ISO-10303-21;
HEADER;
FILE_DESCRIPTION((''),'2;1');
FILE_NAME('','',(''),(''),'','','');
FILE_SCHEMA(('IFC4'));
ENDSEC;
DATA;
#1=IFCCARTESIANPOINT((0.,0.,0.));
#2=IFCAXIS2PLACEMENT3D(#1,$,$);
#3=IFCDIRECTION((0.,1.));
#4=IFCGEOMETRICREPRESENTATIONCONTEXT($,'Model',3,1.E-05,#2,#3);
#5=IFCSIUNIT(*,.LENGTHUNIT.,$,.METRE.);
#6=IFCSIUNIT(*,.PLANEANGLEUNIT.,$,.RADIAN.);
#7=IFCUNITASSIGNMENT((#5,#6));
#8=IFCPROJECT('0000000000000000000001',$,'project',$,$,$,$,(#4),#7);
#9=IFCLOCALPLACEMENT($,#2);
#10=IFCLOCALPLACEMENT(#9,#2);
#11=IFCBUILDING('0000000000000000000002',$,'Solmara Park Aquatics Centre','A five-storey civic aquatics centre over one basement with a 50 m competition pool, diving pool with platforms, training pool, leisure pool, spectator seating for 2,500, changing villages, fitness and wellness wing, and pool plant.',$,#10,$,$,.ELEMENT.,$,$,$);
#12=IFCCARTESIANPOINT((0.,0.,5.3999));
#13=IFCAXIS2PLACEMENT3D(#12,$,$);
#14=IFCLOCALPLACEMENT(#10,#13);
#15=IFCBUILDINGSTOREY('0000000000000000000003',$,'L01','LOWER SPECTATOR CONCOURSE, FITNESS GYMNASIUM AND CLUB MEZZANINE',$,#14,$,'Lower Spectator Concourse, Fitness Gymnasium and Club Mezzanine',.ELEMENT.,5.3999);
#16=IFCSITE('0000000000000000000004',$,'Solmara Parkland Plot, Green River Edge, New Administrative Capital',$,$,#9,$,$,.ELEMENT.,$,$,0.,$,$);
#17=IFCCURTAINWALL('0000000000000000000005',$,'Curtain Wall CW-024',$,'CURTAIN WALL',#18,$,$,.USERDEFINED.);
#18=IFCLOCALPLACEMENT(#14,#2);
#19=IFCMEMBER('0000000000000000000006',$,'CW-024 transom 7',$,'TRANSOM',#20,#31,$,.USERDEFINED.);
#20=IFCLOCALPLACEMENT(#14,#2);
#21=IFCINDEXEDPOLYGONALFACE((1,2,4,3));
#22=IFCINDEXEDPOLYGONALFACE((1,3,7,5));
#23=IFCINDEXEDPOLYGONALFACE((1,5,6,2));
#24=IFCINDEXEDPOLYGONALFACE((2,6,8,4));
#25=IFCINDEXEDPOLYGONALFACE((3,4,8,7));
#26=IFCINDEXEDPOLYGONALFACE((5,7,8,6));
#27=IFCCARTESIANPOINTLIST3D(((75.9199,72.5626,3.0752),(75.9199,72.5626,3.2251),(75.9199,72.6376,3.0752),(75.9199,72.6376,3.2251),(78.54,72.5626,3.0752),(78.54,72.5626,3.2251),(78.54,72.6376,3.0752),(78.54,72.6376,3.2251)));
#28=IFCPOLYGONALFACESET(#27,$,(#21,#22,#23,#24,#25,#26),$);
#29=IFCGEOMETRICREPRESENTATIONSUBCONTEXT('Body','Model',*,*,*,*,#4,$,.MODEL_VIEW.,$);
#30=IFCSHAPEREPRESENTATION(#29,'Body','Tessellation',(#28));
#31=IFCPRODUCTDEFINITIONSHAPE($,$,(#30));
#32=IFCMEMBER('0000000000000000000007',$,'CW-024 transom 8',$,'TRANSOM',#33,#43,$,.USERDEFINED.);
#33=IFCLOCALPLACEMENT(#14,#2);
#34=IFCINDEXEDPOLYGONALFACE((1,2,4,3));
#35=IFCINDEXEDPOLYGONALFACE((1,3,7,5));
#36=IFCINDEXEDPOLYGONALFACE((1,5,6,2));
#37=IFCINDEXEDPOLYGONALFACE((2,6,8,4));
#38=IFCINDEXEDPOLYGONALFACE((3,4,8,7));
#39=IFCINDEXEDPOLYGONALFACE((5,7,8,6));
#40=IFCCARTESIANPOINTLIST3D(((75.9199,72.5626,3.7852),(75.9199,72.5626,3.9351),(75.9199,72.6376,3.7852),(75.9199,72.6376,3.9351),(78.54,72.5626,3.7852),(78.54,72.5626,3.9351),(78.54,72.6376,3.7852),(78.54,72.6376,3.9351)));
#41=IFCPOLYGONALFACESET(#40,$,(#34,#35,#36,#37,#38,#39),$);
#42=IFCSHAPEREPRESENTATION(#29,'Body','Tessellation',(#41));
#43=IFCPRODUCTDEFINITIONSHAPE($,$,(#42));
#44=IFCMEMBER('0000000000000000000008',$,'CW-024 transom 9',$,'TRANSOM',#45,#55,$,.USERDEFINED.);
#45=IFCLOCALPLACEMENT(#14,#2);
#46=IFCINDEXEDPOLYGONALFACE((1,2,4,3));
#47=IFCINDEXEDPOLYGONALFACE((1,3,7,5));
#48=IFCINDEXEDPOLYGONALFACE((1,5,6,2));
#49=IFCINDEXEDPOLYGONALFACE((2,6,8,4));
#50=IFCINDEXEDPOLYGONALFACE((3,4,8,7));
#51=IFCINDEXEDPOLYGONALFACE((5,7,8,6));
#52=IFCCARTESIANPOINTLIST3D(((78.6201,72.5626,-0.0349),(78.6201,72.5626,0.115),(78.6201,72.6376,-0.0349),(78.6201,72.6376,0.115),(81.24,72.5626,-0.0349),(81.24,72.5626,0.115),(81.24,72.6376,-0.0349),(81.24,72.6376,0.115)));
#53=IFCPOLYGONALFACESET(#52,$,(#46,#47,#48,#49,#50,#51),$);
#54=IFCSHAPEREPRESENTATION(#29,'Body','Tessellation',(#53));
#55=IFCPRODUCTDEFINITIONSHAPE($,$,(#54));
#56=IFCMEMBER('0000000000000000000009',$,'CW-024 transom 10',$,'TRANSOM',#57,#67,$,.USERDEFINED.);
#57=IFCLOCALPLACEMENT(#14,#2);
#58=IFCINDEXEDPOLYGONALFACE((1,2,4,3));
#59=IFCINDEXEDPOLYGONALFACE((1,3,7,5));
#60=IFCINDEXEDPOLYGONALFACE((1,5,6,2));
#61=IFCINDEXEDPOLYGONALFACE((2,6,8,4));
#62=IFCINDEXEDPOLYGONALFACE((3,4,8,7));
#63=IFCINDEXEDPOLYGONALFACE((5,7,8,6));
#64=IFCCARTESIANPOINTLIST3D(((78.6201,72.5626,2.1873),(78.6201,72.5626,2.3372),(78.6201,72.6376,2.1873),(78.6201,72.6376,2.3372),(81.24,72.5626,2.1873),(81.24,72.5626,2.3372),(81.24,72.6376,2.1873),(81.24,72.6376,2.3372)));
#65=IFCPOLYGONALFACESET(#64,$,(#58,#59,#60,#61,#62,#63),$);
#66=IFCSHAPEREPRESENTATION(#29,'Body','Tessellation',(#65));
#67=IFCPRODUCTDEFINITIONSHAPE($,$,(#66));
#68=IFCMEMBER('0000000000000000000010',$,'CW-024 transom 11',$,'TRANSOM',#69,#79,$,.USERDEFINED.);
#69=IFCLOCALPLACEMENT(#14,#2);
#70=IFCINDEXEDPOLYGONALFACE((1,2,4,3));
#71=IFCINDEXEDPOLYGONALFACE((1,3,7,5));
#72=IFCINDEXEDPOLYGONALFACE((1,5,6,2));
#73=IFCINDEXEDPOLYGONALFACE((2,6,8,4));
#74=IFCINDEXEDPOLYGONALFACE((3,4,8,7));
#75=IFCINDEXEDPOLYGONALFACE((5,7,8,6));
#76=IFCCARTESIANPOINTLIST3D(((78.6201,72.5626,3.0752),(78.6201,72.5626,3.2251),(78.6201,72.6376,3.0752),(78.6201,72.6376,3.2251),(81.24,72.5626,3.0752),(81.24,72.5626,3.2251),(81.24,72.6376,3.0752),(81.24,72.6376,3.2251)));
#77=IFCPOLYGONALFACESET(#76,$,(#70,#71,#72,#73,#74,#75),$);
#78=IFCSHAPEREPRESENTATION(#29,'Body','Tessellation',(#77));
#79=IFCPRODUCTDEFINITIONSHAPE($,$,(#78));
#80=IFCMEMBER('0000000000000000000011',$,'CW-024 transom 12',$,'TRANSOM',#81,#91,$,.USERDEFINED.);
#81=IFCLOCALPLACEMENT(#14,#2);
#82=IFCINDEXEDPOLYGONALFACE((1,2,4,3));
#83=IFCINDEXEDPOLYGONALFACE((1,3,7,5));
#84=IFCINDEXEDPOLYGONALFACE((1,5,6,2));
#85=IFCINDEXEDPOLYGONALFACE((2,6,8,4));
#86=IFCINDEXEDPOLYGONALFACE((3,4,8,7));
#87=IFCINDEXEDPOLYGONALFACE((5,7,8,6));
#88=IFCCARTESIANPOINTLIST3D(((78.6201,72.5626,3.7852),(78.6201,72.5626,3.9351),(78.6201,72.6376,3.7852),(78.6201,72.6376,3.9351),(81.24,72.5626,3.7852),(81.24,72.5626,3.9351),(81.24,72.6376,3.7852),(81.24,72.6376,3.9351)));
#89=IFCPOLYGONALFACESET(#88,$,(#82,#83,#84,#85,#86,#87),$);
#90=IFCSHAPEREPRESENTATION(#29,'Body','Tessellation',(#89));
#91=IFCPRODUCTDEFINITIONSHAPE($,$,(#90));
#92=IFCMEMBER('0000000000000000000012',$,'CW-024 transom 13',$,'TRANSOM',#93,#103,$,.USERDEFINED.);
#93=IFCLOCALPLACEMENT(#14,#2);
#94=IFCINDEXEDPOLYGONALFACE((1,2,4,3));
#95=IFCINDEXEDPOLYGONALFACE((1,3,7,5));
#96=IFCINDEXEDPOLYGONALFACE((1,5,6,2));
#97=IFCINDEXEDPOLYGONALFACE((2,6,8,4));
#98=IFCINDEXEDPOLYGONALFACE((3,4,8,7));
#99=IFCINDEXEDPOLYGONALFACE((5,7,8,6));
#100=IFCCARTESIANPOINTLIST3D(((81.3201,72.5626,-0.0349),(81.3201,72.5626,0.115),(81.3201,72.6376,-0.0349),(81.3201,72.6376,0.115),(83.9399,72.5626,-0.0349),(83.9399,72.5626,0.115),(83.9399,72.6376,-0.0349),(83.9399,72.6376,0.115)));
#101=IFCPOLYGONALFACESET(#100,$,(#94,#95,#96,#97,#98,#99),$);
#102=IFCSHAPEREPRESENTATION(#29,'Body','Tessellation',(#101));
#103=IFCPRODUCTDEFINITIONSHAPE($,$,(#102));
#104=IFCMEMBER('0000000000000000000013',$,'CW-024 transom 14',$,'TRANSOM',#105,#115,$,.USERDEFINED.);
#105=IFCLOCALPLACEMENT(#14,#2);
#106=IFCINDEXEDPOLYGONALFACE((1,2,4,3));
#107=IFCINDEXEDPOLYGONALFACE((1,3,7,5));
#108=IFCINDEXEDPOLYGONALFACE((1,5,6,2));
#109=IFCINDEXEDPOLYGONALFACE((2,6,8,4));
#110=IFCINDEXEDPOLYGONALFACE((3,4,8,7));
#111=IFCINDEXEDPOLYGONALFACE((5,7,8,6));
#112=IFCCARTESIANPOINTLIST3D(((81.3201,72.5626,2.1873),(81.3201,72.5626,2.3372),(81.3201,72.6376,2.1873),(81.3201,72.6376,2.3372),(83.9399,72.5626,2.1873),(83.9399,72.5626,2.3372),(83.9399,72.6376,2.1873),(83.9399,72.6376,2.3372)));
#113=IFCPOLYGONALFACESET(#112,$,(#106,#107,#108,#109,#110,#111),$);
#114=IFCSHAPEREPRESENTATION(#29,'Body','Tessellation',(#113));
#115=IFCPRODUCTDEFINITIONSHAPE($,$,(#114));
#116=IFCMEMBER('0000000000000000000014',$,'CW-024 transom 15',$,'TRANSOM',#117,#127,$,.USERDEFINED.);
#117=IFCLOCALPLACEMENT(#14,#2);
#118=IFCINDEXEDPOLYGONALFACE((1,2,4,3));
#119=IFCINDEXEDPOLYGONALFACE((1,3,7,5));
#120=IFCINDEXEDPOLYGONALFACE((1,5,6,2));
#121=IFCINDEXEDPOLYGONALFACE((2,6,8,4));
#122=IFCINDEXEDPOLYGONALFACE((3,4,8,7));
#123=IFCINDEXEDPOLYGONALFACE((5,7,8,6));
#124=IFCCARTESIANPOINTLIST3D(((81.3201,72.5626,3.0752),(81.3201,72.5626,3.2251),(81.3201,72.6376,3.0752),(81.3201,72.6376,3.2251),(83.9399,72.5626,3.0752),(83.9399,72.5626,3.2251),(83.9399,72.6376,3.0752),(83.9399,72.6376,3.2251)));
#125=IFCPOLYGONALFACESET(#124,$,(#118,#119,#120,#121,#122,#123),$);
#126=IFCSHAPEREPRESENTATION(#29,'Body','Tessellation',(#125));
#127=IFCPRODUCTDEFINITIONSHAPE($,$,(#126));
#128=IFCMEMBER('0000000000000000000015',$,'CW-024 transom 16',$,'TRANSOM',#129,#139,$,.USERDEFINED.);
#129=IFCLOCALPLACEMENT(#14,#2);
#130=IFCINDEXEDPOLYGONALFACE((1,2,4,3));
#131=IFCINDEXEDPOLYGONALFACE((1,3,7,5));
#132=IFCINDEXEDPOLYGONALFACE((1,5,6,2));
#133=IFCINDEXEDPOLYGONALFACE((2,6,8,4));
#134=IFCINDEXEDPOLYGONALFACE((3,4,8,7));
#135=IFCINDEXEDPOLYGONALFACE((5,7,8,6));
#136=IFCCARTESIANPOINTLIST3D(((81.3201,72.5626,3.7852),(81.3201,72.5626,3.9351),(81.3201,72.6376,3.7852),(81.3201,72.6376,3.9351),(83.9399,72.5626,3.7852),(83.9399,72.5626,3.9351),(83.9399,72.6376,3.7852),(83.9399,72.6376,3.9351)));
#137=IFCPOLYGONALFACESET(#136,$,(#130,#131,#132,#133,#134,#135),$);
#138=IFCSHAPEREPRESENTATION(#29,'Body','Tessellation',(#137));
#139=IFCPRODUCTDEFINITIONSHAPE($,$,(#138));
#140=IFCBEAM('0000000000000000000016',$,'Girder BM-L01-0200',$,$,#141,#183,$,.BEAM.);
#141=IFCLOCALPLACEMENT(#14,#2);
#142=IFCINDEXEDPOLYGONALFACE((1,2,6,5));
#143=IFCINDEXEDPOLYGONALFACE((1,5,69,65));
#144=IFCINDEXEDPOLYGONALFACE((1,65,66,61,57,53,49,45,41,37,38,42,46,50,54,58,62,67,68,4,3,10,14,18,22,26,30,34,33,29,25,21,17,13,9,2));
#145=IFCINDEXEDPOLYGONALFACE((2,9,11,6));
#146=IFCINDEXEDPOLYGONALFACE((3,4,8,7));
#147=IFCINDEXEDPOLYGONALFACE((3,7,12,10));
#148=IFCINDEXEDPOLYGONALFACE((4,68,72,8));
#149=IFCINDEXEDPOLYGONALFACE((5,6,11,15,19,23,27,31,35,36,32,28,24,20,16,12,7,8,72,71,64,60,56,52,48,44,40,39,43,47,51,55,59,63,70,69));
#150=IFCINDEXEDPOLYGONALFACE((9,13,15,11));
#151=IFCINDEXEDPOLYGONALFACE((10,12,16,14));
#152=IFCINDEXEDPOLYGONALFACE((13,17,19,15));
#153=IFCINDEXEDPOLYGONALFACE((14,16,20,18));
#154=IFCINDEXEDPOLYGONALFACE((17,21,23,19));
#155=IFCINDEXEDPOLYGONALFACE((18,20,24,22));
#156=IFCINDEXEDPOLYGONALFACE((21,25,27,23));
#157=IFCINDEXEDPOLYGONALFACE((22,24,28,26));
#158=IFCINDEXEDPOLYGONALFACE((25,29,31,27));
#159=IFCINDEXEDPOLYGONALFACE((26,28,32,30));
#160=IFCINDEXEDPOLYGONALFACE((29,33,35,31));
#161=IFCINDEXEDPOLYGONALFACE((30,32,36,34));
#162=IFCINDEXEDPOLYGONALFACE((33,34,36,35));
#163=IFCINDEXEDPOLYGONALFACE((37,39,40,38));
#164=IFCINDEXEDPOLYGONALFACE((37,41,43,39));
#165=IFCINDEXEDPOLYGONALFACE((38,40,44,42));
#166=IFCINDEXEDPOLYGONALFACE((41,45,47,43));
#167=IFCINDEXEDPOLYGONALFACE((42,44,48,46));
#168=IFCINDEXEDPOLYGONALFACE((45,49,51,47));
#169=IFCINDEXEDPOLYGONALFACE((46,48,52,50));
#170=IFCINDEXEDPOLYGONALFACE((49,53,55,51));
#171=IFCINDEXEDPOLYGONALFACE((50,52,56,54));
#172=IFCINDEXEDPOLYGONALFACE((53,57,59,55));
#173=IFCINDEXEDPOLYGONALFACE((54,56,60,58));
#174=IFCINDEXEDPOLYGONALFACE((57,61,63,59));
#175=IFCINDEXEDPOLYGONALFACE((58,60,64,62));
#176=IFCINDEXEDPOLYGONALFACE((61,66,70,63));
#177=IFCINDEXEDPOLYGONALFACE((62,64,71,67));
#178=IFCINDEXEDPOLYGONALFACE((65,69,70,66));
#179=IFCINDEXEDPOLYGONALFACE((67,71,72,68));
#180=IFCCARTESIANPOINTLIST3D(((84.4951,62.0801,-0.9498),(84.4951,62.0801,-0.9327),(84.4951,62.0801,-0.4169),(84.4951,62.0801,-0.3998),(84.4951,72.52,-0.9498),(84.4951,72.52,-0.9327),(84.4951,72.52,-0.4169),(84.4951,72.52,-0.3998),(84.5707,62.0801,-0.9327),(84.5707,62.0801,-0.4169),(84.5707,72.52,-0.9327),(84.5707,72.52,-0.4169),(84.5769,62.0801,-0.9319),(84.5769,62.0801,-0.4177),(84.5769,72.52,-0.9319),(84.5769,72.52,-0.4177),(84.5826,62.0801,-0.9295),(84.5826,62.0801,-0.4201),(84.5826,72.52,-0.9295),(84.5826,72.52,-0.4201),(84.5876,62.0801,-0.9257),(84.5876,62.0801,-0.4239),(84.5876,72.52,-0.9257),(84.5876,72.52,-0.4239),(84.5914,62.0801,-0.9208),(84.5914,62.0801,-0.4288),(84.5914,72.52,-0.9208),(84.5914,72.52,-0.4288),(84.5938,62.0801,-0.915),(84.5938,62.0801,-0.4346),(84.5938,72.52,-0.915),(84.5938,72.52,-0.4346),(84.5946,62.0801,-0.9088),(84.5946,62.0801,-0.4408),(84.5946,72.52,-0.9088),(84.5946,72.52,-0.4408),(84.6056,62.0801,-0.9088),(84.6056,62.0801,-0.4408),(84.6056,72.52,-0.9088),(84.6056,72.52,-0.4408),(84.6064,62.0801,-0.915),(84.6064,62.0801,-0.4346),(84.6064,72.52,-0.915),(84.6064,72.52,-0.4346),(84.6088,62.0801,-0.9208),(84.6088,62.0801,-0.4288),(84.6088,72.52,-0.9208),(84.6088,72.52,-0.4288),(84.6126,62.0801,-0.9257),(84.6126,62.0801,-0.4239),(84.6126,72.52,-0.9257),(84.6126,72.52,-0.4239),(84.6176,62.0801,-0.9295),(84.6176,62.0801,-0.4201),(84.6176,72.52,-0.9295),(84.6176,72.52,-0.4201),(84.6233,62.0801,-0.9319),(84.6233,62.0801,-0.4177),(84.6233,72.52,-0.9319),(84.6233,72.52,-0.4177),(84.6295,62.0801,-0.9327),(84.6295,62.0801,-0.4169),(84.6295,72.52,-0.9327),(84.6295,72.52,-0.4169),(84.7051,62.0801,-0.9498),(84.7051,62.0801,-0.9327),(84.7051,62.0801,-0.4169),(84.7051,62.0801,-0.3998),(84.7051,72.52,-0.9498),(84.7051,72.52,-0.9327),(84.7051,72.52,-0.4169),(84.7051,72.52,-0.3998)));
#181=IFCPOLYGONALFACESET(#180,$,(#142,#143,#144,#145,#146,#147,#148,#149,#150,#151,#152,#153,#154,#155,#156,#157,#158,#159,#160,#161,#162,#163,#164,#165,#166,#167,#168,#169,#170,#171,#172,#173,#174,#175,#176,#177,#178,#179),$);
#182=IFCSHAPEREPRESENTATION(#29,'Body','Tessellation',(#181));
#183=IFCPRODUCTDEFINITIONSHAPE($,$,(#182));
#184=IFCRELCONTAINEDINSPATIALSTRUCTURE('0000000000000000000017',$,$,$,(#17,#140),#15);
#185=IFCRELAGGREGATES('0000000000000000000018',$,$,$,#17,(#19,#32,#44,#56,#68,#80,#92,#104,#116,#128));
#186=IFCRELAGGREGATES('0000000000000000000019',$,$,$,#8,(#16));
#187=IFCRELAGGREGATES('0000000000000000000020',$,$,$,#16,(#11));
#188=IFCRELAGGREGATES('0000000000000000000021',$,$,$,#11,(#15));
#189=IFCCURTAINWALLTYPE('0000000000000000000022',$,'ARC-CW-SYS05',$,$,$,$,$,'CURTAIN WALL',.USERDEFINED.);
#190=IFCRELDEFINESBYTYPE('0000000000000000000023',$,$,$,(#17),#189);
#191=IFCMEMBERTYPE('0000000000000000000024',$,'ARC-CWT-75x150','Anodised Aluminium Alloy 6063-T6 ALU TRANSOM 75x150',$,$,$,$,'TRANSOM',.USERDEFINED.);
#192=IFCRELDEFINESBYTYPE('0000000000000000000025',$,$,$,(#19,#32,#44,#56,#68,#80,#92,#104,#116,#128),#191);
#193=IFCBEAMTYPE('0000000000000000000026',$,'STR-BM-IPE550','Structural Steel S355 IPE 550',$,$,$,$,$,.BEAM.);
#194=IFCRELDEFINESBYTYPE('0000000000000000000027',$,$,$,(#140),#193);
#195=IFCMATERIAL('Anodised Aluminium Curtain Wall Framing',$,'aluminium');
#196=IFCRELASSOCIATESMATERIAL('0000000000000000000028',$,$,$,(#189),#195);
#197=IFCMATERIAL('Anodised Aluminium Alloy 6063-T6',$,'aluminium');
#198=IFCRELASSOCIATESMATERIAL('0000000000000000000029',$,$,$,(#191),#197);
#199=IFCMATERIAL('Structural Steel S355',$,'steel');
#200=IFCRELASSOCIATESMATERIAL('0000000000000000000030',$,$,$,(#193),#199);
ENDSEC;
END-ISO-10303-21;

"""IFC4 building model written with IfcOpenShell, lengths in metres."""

from ifc_helpers import new_model, si_unit, direction, frame, origin, origin_2d, place, context, subcontext, project, spatial, rectangle, i_section, extrude, material, material_profile, profile_set, type_object, element, aggregate, save


model = new_model("IFC4")

# Units and contexts
model_context = context("Model", 3, precision=1e-05, world=origin(), true_north=direction((0.0, 1.0)))
body_context = subcontext(model_context, "Body", "Model", "MODEL_VIEW")
ifc_project = project(units=[si_unit("LENGTHUNIT", "METRE"), si_unit("PLANEANGLEUNIT", "RADIAN")], contexts=[model_context])

# Site, building, storey
site_placement = place(None, origin())
site = spatial("IfcSite", under=ifc_project, at=site_placement, Name="Solmara Parkland Plot, Green River Edge, New Administrative Capital", CompositionType="ELEMENT", RefElevation=0.0)
building_placement = place(site_placement, origin())
building = spatial("IfcBuilding", under=site, at=building_placement, Name="Solmara Park Aquatics Centre", Description="A five-storey civic aquatics centre over one basement with a 50 m competition pool, diving pool with platforms, training pool, leisure pool, spectator seating for 2,500, changing villages, fitness and wellness wing, and pool plant.", CompositionType="ELEMENT")
storey_placement = place(building_placement, frame((0.0, 0.0, 5.3999)))
storey = spatial("IfcBuildingStorey", under=building, at=storey_placement, Name="L01", Description="LOWER SPECTATOR CONCOURSE, FITNESS GYMNASIUM AND CLUB MEZZANINE", LongName="Lower Spectator Concourse, Fitness Gymnasium and Club Mezzanine", CompositionType="ELEMENT", Elevation=5.3999)

# Shared definitions
ifc_material_1 = material(Name="Structural Steel S355", Category="steel")

# Curtain wall, members
ifc_material_2 = material(Name="Anodised Aluminium Curtain Wall Framing", Category="aluminium")
curtain_wall_type = type_object("IfcCurtainWallType", Name="ARC-CW-SYS05", ElementType="CURTAIN WALL", PredefinedType="USERDEFINED", material=ifc_material_2)
curtain_wall_placement = place(storey_placement, origin())
curtain_wall = element("IfcCurtainWall", 1, at=curtain_wall_placement, inside=storey, type_object=curtain_wall_type, Name="Curtain Wall CW-024", ObjectType="CURTAIN WALL", PredefinedType="USERDEFINED")
ifc_material_3 = material(Name="Anodised Aluminium Alloy 6063-T6", Category="aluminium")
ifc_material_profile_1 = material_profile(ifc_material_3, rectangle(XDim=0.075, YDim=0.1499, at=origin_2d()), Name="ALU TRANSOM 75x150")
ifc_profile_set_1 = profile_set([ifc_material_profile_1], Name="Anodised Aluminium Alloy 6063-T6")
member_type_1 = type_object("IfcMemberType", Name="ARC-CWT-75x150", Description="Anodised Aluminium Alloy 6063-T6 ALU TRANSOM 75x150", ElementType="TRANSOM", PredefinedType="USERDEFINED", material=ifc_profile_set_1)
member_1_placement = place(storey_placement, frame((75.9199, 72.6001, 3.1501), z_axis=(1.0, 0.0, 0.0), x_axis=(0.0, 1.0, 0.0)))
member_1 = element("IfcMember", 2, at=member_1_placement, type_object=member_type_1, Name="CW-024 transom 7", ObjectType="TRANSOM", PredefinedType="USERDEFINED", context=body_context, shape_type="SweptSolid", body=[
    extrude(rectangle(XDim=0.075, YDim=0.1499, at=origin_2d()), origin(), (0.0, 0.0, 1.0), 2.6201),
])
member_2_placement = place(storey_placement, frame((75.9199, 72.6001, 3.8601), z_axis=(1.0, 0.0, 0.0), x_axis=(0.0, 1.0, 0.0)))
member_2 = element("IfcMember", 3, at=member_2_placement, type_object=member_type_1, Name="CW-024 transom 8", ObjectType="TRANSOM", PredefinedType="USERDEFINED", context=body_context, shape_type="SweptSolid", body=[
    extrude(rectangle(XDim=0.075, YDim=0.1499, at=origin_2d()), origin(), (0.0, 0.0, 1.0), 2.6201),
])
member_3_placement = place(storey_placement, frame((78.6201, 72.6001, 0.04), z_axis=(1.0, 0.0, 0.0), x_axis=(0.0, 1.0, 0.0)))
member_3 = element("IfcMember", 4, at=member_3_placement, type_object=member_type_1, Name="CW-024 transom 9", ObjectType="TRANSOM", PredefinedType="USERDEFINED", context=body_context, shape_type="SweptSolid", body=[
    extrude(rectangle(XDim=0.075, YDim=0.1499, at=origin_2d()), origin(), (0.0, 0.0, 1.0), 2.6199),
])
member_4_placement = place(storey_placement, frame((78.6201, 72.6001, 2.2622), z_axis=(1.0, 0.0, 0.0), x_axis=(0.0, 1.0, 0.0)))
member_4 = element("IfcMember", 5, at=member_4_placement, type_object=member_type_1, Name="CW-024 transom 10", ObjectType="TRANSOM", PredefinedType="USERDEFINED", context=body_context, shape_type="SweptSolid", body=[
    extrude(rectangle(XDim=0.075, YDim=0.1499, at=origin_2d()), origin(), (0.0, 0.0, 1.0), 2.6199),
])
member_5_placement = place(storey_placement, frame((78.6201, 72.6001, 3.1501), z_axis=(1.0, 0.0, 0.0), x_axis=(0.0, 1.0, 0.0)))
member_5 = element("IfcMember", 6, at=member_5_placement, type_object=member_type_1, Name="CW-024 transom 11", ObjectType="TRANSOM", PredefinedType="USERDEFINED", context=body_context, shape_type="SweptSolid", body=[
    extrude(rectangle(XDim=0.075, YDim=0.1499, at=origin_2d()), origin(), (0.0, 0.0, 1.0), 2.6199),
])
member_6_placement = place(storey_placement, frame((78.6201, 72.6001, 3.8601), z_axis=(1.0, 0.0, 0.0), x_axis=(0.0, 1.0, 0.0)))
member_6 = element("IfcMember", 7, at=member_6_placement, type_object=member_type_1, Name="CW-024 transom 12", ObjectType="TRANSOM", PredefinedType="USERDEFINED", context=body_context, shape_type="SweptSolid", body=[
    extrude(rectangle(XDim=0.075, YDim=0.1499, at=origin_2d()), origin(), (0.0, 0.0, 1.0), 2.6199),
])
member_7_placement = place(storey_placement, frame((81.3201, 72.6001, 0.04), z_axis=(1.0, 0.0, 0.0), x_axis=(0.0, 1.0, 0.0)))
member_7 = element("IfcMember", 8, at=member_7_placement, type_object=member_type_1, Name="CW-024 transom 13", ObjectType="TRANSOM", PredefinedType="USERDEFINED", context=body_context, shape_type="SweptSolid", body=[
    extrude(rectangle(XDim=0.075, YDim=0.1499, at=origin_2d()), origin(), (0.0, 0.0, 1.0), 2.6199),
])
member_8_placement = place(storey_placement, frame((81.3201, 72.6001, 2.2622), z_axis=(1.0, 0.0, 0.0), x_axis=(0.0, 1.0, 0.0)))
member_8 = element("IfcMember", 9, at=member_8_placement, type_object=member_type_1, Name="CW-024 transom 14", ObjectType="TRANSOM", PredefinedType="USERDEFINED", context=body_context, shape_type="SweptSolid", body=[
    extrude(rectangle(XDim=0.075, YDim=0.1499, at=origin_2d()), origin(), (0.0, 0.0, 1.0), 2.6199),
])
member_9_placement = place(storey_placement, frame((81.3201, 72.6001, 3.1501), z_axis=(1.0, 0.0, 0.0), x_axis=(0.0, 1.0, 0.0)))
member_9 = element("IfcMember", 10, at=member_9_placement, type_object=member_type_1, Name="CW-024 transom 15", ObjectType="TRANSOM", PredefinedType="USERDEFINED", context=body_context, shape_type="SweptSolid", body=[
    extrude(rectangle(XDim=0.075, YDim=0.1499, at=origin_2d()), origin(), (0.0, 0.0, 1.0), 2.6199),
])
member_10_placement = place(storey_placement, frame((81.3201, 72.6001, 3.8601), z_axis=(1.0, 0.0, 0.0), x_axis=(0.0, 1.0, 0.0)))
member_10 = element("IfcMember", 11, at=member_10_placement, type_object=member_type_1, Name="CW-024 transom 16", ObjectType="TRANSOM", PredefinedType="USERDEFINED", context=body_context, shape_type="SweptSolid", body=[
    extrude(rectangle(XDim=0.075, YDim=0.1499, at=origin_2d()), origin(), (0.0, 0.0, 1.0), 2.6199),
])

# Beam
ifc_material_profile_2 = material_profile(ifc_material_1, i_section(OverallWidth=0.21, OverallDepth=0.55, WebThickness=0.011, FlangeThickness=0.0171, FilletRadius=0.0239, at=origin_2d()), Name="IPE 550")
ifc_profile_set_2 = profile_set([ifc_material_profile_2], Name="Structural Steel S355")
beam_type_1 = type_object("IfcBeamType", Name="STR-BM-IPE550", Description="Structural Steel S355 IPE 550", PredefinedType="BEAM", material=ifc_profile_set_2)
beam_placement = place(storey_placement, frame((84.6001, 62.0801, -0.6748), z_axis=(0.0, 1.0, 0.0), x_axis=(-1.0, 0.0, 0.0)))
element("IfcBeam", 12, at=beam_placement, inside=storey, type_object=beam_type_1, Name="Girder BM-L01-0200", PredefinedType="BEAM", context=body_context, shape_type="SweptSolid", body=[
    extrude(i_section(OverallWidth=0.21, OverallDepth=0.55, WebThickness=0.011, FlangeThickness=0.0171, FilletRadius=0.0239, at=origin_2d()), origin(), (0.0, 0.0, 1.0), 10.4399),
])

aggregate(curtain_wall, [member_1, member_2, member_3, member_4, member_5, member_6, member_7, member_8, member_9, member_10])

save(model, "model.ifc")
